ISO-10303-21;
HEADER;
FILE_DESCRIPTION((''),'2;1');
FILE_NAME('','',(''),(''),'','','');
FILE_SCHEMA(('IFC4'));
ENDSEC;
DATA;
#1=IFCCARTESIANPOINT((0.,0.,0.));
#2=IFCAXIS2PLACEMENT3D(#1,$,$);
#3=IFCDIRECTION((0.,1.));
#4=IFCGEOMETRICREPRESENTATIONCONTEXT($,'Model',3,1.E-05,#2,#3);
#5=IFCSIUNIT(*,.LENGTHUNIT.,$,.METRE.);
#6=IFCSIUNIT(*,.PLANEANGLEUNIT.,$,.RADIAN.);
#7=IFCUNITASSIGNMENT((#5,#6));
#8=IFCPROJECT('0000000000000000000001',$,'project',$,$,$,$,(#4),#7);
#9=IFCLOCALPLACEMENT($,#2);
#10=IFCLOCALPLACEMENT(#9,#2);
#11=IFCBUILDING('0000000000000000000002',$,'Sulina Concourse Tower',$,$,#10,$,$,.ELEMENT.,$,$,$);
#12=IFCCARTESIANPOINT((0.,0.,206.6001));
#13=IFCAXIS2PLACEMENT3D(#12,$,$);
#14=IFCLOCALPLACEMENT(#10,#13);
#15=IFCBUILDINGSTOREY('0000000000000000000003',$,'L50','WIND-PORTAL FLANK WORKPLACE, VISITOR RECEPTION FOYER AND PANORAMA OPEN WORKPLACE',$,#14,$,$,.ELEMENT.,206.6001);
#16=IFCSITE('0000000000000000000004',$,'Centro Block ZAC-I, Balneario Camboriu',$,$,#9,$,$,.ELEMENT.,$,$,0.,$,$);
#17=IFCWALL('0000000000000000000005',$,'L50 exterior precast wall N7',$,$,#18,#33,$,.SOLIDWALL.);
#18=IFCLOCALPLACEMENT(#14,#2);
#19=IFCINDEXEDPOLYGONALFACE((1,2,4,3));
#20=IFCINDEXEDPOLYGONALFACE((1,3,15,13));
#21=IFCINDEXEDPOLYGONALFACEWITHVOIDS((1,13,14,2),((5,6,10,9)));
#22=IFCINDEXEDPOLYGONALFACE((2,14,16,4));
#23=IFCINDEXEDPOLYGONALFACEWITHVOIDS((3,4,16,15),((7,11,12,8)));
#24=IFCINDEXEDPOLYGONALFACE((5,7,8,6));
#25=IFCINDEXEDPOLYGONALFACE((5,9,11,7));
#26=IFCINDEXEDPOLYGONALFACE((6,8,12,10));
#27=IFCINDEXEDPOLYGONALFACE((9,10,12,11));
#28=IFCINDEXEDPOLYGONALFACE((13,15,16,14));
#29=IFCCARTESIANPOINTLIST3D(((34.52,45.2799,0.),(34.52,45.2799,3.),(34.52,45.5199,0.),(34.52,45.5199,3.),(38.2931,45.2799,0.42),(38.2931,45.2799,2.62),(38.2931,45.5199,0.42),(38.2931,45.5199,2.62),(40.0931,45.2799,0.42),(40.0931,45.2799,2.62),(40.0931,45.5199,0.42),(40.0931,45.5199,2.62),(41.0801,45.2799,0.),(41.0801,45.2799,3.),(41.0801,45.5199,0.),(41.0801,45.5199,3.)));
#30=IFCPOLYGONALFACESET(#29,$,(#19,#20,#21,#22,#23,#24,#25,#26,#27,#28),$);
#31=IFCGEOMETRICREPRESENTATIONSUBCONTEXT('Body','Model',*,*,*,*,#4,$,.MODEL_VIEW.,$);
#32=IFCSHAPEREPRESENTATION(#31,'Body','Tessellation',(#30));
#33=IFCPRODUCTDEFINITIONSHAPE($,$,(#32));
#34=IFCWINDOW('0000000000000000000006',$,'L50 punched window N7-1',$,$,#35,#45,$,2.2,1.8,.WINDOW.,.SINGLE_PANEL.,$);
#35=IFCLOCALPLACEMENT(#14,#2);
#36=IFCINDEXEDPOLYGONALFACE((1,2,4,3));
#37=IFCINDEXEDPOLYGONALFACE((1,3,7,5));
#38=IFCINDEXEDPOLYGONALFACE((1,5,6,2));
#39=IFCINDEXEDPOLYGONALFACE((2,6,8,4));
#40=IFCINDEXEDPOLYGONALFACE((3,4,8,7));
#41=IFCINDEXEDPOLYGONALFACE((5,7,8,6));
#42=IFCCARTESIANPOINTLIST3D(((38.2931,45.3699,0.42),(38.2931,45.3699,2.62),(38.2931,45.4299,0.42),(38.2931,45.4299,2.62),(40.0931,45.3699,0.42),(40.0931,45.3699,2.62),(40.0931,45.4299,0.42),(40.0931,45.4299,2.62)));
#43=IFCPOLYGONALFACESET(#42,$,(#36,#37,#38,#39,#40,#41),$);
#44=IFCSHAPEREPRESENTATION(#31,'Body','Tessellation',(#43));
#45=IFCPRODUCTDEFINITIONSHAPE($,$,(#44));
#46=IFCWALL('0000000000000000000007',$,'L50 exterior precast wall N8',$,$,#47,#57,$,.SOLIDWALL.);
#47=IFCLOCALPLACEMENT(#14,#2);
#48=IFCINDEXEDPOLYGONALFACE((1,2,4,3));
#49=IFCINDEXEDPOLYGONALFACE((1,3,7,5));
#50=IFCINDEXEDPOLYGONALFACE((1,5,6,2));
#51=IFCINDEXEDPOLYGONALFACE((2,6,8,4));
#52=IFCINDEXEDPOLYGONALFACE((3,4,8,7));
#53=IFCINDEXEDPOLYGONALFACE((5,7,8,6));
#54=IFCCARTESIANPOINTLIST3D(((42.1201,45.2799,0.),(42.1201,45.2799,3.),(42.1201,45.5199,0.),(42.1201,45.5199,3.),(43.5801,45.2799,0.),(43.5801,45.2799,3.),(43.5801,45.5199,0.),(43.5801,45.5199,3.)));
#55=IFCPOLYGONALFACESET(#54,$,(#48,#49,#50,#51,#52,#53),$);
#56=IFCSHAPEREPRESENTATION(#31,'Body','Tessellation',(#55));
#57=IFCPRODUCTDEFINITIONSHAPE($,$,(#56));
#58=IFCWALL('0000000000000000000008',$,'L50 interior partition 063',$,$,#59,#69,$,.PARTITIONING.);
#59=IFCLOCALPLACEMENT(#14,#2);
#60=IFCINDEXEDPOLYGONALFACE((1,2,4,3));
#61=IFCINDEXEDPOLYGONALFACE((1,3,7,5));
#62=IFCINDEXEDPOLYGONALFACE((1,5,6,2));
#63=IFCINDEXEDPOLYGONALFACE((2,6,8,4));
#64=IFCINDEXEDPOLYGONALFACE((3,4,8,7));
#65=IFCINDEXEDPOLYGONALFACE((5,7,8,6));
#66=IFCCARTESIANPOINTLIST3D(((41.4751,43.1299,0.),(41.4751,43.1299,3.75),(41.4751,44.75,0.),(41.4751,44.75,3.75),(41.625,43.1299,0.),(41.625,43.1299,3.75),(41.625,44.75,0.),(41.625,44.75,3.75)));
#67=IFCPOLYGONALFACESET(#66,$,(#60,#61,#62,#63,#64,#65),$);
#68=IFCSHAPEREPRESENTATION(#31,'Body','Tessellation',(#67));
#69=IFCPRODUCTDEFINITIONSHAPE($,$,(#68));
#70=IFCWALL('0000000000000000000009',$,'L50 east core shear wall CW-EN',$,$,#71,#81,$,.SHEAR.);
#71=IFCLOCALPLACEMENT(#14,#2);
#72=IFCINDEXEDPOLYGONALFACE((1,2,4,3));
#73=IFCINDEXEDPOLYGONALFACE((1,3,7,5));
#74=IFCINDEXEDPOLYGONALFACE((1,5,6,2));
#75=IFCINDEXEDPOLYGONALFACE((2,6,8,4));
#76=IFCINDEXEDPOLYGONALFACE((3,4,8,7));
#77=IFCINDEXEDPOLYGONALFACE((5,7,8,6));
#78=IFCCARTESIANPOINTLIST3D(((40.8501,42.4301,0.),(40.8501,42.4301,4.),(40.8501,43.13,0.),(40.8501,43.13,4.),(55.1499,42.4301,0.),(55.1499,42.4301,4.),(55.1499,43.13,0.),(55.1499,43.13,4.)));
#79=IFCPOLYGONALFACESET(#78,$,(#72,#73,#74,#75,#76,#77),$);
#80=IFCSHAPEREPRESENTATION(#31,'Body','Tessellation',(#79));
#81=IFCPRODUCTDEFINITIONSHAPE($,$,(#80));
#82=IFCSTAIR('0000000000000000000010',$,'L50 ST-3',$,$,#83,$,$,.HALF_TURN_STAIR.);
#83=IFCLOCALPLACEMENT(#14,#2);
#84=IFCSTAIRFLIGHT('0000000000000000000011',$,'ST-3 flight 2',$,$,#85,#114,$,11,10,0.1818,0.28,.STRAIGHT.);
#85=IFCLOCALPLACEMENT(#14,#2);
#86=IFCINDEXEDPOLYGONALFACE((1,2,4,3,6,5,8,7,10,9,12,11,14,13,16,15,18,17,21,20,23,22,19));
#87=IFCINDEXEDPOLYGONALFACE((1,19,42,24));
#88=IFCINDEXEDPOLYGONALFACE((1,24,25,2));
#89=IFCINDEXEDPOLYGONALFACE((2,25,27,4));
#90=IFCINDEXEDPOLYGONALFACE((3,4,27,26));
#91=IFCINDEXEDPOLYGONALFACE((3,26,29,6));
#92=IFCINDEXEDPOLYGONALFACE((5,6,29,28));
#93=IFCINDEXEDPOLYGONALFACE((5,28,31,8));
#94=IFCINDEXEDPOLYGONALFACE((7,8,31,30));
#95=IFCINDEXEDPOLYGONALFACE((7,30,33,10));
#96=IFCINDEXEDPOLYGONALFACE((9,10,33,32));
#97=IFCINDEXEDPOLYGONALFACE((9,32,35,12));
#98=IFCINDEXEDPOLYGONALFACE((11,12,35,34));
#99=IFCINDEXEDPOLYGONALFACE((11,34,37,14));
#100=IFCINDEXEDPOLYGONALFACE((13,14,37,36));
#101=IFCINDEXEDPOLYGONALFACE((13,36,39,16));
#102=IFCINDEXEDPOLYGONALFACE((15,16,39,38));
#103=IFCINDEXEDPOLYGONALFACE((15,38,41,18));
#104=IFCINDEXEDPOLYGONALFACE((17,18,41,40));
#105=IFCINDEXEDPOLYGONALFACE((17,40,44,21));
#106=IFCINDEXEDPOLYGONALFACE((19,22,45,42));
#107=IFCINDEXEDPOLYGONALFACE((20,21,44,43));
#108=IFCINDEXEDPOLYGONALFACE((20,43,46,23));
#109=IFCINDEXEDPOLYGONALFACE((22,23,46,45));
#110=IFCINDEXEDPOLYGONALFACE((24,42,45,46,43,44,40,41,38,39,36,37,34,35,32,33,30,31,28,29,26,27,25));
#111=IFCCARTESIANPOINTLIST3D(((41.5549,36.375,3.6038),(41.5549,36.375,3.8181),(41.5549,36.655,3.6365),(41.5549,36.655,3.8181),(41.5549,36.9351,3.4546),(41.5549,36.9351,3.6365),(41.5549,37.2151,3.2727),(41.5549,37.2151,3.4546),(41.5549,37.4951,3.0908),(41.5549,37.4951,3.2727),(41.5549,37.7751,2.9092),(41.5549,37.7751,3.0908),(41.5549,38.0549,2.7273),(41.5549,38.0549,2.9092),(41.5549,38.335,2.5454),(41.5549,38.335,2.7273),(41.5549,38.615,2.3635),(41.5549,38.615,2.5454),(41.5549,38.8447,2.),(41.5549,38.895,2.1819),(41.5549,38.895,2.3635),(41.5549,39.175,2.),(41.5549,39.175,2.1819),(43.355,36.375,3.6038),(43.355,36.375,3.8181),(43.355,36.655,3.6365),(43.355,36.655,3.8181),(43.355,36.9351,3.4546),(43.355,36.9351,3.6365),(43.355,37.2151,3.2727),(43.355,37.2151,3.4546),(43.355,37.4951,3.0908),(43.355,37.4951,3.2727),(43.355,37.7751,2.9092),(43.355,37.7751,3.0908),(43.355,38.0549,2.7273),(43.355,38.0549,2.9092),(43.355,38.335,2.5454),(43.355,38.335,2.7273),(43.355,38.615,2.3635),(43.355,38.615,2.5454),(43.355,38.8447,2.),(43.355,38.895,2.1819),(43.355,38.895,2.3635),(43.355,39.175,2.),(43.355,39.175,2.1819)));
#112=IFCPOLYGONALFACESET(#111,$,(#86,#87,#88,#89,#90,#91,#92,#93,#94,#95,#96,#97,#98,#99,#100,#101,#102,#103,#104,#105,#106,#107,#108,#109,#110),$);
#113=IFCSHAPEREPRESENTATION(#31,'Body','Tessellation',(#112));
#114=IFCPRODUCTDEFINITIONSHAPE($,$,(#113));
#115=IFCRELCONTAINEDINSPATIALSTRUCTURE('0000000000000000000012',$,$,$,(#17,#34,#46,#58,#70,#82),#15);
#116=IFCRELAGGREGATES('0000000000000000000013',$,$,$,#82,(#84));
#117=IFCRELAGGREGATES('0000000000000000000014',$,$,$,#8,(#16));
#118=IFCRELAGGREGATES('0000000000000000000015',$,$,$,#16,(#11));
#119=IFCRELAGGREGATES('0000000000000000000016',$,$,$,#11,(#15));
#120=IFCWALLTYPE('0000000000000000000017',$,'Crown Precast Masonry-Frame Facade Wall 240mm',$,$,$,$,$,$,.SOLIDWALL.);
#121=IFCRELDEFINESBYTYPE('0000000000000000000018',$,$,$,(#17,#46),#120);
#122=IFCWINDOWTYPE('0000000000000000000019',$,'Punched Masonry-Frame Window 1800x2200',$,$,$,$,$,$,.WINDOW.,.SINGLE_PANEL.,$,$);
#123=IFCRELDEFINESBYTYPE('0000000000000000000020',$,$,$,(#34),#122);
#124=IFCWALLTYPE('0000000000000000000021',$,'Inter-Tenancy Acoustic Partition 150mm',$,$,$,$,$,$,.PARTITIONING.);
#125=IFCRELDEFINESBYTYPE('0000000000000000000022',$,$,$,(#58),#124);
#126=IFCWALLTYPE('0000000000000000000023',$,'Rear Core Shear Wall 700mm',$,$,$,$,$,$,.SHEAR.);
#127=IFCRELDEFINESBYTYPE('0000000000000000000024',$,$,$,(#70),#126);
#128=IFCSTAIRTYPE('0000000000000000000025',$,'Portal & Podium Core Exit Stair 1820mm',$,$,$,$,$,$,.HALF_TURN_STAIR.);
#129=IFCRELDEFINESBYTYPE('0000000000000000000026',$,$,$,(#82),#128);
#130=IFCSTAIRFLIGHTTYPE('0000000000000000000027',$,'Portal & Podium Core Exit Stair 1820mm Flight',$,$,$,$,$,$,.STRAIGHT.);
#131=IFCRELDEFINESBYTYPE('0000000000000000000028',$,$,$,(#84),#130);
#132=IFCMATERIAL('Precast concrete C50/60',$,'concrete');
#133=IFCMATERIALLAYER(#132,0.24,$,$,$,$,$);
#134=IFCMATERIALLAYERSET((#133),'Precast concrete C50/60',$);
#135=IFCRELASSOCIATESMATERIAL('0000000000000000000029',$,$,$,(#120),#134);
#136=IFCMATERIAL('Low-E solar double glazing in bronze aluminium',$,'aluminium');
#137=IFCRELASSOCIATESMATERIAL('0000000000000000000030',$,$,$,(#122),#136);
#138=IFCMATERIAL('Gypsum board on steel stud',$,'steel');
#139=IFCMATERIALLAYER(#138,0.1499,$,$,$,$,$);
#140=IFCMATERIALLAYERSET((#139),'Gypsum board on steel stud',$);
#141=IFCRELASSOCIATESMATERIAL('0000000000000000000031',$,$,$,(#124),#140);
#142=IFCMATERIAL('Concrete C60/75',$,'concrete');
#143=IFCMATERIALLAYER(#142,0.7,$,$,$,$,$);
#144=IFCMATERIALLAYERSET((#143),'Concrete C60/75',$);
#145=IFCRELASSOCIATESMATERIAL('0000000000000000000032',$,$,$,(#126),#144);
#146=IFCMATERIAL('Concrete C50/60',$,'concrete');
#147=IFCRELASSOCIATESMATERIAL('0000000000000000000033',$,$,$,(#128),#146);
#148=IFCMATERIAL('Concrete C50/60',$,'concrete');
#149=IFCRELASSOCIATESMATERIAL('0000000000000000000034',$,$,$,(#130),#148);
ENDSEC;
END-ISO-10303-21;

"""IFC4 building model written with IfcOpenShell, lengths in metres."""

from ifc_helpers import new_model, si_unit, direction, frame, frame_2d, origin, place, context, subcontext, project, spatial, polyline, rectangle, outline, extrude, material, layer, layer_set, type_object, element, fill, aggregate, save


model = new_model("IFC4")

# Units and contexts
model_context = context("Model", 3, precision=1e-05, world=origin(), true_north=direction((0.0, 1.0)))
body_context = subcontext(model_context, "Body", "Model", "MODEL_VIEW")
ifc_project = project(units=[si_unit("LENGTHUNIT", "METRE"), si_unit("PLANEANGLEUNIT", "RADIAN")], contexts=[model_context])

# Site, building, storey
site_placement = place(None, origin())
site = spatial("IfcSite", under=ifc_project, at=site_placement, Name="Centro Block ZAC-I, Balneario Camboriu", CompositionType="ELEMENT", RefElevation=0.0)
building_placement = place(site_placement, origin())
building = spatial("IfcBuilding", under=site, at=building_placement, Name="Sulina Concourse Tower", CompositionType="ELEMENT")
storey_placement = place(building_placement, frame((0.0, 0.0, 206.6001)))
storey = spatial("IfcBuildingStorey", under=building, at=storey_placement, Name="L50", Description="WIND-PORTAL FLANK WORKPLACE, VISITOR RECEPTION FOYER AND PANORAMA OPEN WORKPLACE", CompositionType="ELEMENT", Elevation=206.6001)

# Wall, opening, window
ifc_material_1 = material(Name="Precast concrete C50/60", Category="concrete")
ifc_layer_1 = layer(ifc_material_1, 0.24)
ifc_layer_set_1 = layer_set([ifc_layer_1], Name="Precast concrete C50/60")
wall_type_1 = type_object("IfcWallType", Name="Crown Precast Masonry-Frame Facade Wall 240mm", PredefinedType="SOLIDWALL", material=ifc_layer_set_1)
ifc_material_2 = material(Name="Low-E solar double glazing in bronze aluminium", Category="aluminium")
window_type = type_object("IfcWindowType", Name="Punched Masonry-Frame Window 1800x2200", PartitioningType="SINGLE_PANEL", PredefinedType="WINDOW", material=ifc_material_2)
wall_1_placement = place(storey_placement, frame((34.52, 45.3999, 0.0), z_axis=(0.0, 0.0, 1.0), x_axis=(1.0, 0.0, 0.0)))
wall_1 = element("IfcWall", 1, at=wall_1_placement, inside=storey, type_object=wall_type_1, Name="L50 exterior precast wall N7", PredefinedType="SOLIDWALL", context=body_context, shape_type="SweptSolid", body=[
    extrude(rectangle(XDim=6.5601, YDim=0.24, at=frame_2d((3.28, 0.0))), origin(), (0.0, 0.0, 1.0), 3.0),
])
opening_1_placement = place(wall_1_placement, frame((3.7732, 0.0, 0.4199)))
opening_1 = element("IfcOpeningElement", 2, at=opening_1_placement, cuts=wall_1, PredefinedType="OPENING", context=body_context, shape_type="SweptSolid", body=[
    extrude(rectangle(XDim=1.8, YDim=2.2, at=frame_2d((0.8999, 1.1001))), frame((0.0, 0.1299, 0.0), z_axis=(0.0, -1.0, 0.0), x_axis=(1.0, 0.0, 0.0)), (0.0, 0.0, 1.0), 0.26),
])
window_1_placement = place(opening_1_placement, origin())
window_1 = element("IfcWindow", 3, at=window_1_placement, inside=storey, type_object=window_type, Name="L50 punched window N7-1", OverallHeight=2.2, OverallWidth=1.8, PartitioningType="SINGLE_PANEL", PredefinedType="WINDOW", context=body_context, shape_type="SweptSolid", body=[
    extrude(rectangle(XDim=1.8, YDim=2.2, at=frame_2d((0.8999, 1.1001))), frame((0.0, 0.03, 0.0), z_axis=(0.0, -1.0, 0.0), x_axis=(1.0, 0.0, 0.0)), (0.0, 0.0, 1.0), 0.0601),
])
fill(opening_1, window_1)

# Walls
wall_2_placement = place(storey_placement, frame((42.1201, 45.3999, 0.0), z_axis=(0.0, 0.0, 1.0), x_axis=(1.0, 0.0, 0.0)))
element("IfcWall", 4, at=wall_2_placement, inside=storey, type_object=wall_type_1, Name="L50 exterior precast wall N8", PredefinedType="SOLIDWALL", context=body_context, shape_type="SweptSolid", body=[
    extrude(rectangle(XDim=1.46, YDim=0.24, at=frame_2d((0.73, 0.0))), origin(), (0.0, 0.0, 1.0), 3.0),
])
ifc_material_3 = material(Name="Gypsum board on steel stud", Category="steel")
ifc_layer_2 = layer(ifc_material_3, 0.1499)
ifc_layer_set_2 = layer_set([ifc_layer_2], Name="Gypsum board on steel stud")
wall_type_2 = type_object("IfcWallType", Name="Inter-Tenancy Acoustic Partition 150mm", PredefinedType="PARTITIONING", material=ifc_layer_set_2)
wall_3_placement = place(storey_placement, frame((41.55, 43.1299, 0.0), z_axis=(0.0, 0.0, 1.0), x_axis=(0.0, 1.0, 0.0)))
element("IfcWall", 5, at=wall_3_placement, inside=storey, type_object=wall_type_2, Name="L50 interior partition 063", PredefinedType="PARTITIONING", context=body_context, shape_type="SweptSolid", body=[
    extrude(rectangle(XDim=1.6201, YDim=0.1499, at=frame_2d((0.8101, 0.0))), origin(), (0.0, 0.0, 1.0), 3.75),
])
ifc_material_4 = material(Name="Concrete C60/75", Category="concrete")
ifc_layer_3 = layer(ifc_material_4, 0.7)
ifc_layer_set_3 = layer_set([ifc_layer_3], Name="Concrete C60/75")
wall_type_3 = type_object("IfcWallType", Name="Rear Core Shear Wall 700mm", PredefinedType="SHEAR", material=ifc_layer_set_3)
wall_4_placement = place(storey_placement, frame((40.8501, 42.78, 0.0), z_axis=(0.0, 0.0, 1.0), x_axis=(1.0, 0.0, 0.0)))
element("IfcWall", 6, at=wall_4_placement, inside=storey, type_object=wall_type_3, Name="L50 east core shear wall CW-EN", PredefinedType="SHEAR", context=body_context, shape_type="SweptSolid", body=[
    extrude(rectangle(XDim=14.2998, YDim=0.7, at=frame_2d((7.1499, 0.0))), origin(), (0.0, 0.0, 1.0), 4.0),
])

# Stair, stair flight
ifc_material_5 = material(Name="Concrete C50/60", Category="concrete")
stair_type = type_object("IfcStairType", Name="Portal & Podium Core Exit Stair 1820mm", PredefinedType="HALF_TURN_STAIR", material=ifc_material_5)
stair_placement = place(storey_placement, origin())
stair = element("IfcStair", 7, at=stair_placement, inside=storey, type_object=stair_type, Name="L50 ST-3", PredefinedType="HALF_TURN_STAIR")
ifc_material_6 = material(Name="Concrete C50/60", Category="concrete")
stair_flight_type = type_object("IfcStairFlightType", Name="Portal & Podium Core Exit Stair 1820mm Flight", PredefinedType="STRAIGHT", material=ifc_material_6)
stair_flight_placement = place(storey_placement, frame((42.4551, 39.175, 2.0), z_axis=(0.0, 0.0, 1.0), x_axis=(0.0, -1.0, 0.0)))
stair_flight = element("IfcStairFlight", 8, at=stair_flight_placement, type_object=stair_flight_type, Name="ST-3 flight 2", NumberOfRisers=11, NumberOfTreads=10, PredefinedType="STRAIGHT", RiserHeight=0.1818, TreadLength=0.28, context=body_context, shape_type="SweptSolid", body=[
    extrude(outline(polyline([(0.0, 0.0), (0.0, 0.1819), (0.28, 0.1819), (0.28, 0.3635), (0.5601, 0.3635), (0.5601, 0.5454), (0.8401, 0.5454), (0.8401, 0.7273), (1.1201, 0.7273), (1.1201, 0.9092), (1.3999, 0.9092), (1.3999, 1.0908), (1.6799, 1.0908), (1.6799, 1.2727), (1.96, 1.2727), (1.96, 1.4546), (2.24, 1.4546), (2.24, 1.6365), (2.52, 1.6365), (2.52, 1.8181), (2.8, 1.8181), (2.8, 2.0), (2.8, 1.6038), (0.3303, 0.0), (0.0, 0.0)])), frame((0.0, 0.8999, 0.0), z_axis=(0.0, -1.0, 0.0), x_axis=(1.0, 0.0, 0.0)), (0.0, 0.0, 1.0), 1.8),
])
aggregate(stair, [stair_flight])

save(model, "model.ifc")
